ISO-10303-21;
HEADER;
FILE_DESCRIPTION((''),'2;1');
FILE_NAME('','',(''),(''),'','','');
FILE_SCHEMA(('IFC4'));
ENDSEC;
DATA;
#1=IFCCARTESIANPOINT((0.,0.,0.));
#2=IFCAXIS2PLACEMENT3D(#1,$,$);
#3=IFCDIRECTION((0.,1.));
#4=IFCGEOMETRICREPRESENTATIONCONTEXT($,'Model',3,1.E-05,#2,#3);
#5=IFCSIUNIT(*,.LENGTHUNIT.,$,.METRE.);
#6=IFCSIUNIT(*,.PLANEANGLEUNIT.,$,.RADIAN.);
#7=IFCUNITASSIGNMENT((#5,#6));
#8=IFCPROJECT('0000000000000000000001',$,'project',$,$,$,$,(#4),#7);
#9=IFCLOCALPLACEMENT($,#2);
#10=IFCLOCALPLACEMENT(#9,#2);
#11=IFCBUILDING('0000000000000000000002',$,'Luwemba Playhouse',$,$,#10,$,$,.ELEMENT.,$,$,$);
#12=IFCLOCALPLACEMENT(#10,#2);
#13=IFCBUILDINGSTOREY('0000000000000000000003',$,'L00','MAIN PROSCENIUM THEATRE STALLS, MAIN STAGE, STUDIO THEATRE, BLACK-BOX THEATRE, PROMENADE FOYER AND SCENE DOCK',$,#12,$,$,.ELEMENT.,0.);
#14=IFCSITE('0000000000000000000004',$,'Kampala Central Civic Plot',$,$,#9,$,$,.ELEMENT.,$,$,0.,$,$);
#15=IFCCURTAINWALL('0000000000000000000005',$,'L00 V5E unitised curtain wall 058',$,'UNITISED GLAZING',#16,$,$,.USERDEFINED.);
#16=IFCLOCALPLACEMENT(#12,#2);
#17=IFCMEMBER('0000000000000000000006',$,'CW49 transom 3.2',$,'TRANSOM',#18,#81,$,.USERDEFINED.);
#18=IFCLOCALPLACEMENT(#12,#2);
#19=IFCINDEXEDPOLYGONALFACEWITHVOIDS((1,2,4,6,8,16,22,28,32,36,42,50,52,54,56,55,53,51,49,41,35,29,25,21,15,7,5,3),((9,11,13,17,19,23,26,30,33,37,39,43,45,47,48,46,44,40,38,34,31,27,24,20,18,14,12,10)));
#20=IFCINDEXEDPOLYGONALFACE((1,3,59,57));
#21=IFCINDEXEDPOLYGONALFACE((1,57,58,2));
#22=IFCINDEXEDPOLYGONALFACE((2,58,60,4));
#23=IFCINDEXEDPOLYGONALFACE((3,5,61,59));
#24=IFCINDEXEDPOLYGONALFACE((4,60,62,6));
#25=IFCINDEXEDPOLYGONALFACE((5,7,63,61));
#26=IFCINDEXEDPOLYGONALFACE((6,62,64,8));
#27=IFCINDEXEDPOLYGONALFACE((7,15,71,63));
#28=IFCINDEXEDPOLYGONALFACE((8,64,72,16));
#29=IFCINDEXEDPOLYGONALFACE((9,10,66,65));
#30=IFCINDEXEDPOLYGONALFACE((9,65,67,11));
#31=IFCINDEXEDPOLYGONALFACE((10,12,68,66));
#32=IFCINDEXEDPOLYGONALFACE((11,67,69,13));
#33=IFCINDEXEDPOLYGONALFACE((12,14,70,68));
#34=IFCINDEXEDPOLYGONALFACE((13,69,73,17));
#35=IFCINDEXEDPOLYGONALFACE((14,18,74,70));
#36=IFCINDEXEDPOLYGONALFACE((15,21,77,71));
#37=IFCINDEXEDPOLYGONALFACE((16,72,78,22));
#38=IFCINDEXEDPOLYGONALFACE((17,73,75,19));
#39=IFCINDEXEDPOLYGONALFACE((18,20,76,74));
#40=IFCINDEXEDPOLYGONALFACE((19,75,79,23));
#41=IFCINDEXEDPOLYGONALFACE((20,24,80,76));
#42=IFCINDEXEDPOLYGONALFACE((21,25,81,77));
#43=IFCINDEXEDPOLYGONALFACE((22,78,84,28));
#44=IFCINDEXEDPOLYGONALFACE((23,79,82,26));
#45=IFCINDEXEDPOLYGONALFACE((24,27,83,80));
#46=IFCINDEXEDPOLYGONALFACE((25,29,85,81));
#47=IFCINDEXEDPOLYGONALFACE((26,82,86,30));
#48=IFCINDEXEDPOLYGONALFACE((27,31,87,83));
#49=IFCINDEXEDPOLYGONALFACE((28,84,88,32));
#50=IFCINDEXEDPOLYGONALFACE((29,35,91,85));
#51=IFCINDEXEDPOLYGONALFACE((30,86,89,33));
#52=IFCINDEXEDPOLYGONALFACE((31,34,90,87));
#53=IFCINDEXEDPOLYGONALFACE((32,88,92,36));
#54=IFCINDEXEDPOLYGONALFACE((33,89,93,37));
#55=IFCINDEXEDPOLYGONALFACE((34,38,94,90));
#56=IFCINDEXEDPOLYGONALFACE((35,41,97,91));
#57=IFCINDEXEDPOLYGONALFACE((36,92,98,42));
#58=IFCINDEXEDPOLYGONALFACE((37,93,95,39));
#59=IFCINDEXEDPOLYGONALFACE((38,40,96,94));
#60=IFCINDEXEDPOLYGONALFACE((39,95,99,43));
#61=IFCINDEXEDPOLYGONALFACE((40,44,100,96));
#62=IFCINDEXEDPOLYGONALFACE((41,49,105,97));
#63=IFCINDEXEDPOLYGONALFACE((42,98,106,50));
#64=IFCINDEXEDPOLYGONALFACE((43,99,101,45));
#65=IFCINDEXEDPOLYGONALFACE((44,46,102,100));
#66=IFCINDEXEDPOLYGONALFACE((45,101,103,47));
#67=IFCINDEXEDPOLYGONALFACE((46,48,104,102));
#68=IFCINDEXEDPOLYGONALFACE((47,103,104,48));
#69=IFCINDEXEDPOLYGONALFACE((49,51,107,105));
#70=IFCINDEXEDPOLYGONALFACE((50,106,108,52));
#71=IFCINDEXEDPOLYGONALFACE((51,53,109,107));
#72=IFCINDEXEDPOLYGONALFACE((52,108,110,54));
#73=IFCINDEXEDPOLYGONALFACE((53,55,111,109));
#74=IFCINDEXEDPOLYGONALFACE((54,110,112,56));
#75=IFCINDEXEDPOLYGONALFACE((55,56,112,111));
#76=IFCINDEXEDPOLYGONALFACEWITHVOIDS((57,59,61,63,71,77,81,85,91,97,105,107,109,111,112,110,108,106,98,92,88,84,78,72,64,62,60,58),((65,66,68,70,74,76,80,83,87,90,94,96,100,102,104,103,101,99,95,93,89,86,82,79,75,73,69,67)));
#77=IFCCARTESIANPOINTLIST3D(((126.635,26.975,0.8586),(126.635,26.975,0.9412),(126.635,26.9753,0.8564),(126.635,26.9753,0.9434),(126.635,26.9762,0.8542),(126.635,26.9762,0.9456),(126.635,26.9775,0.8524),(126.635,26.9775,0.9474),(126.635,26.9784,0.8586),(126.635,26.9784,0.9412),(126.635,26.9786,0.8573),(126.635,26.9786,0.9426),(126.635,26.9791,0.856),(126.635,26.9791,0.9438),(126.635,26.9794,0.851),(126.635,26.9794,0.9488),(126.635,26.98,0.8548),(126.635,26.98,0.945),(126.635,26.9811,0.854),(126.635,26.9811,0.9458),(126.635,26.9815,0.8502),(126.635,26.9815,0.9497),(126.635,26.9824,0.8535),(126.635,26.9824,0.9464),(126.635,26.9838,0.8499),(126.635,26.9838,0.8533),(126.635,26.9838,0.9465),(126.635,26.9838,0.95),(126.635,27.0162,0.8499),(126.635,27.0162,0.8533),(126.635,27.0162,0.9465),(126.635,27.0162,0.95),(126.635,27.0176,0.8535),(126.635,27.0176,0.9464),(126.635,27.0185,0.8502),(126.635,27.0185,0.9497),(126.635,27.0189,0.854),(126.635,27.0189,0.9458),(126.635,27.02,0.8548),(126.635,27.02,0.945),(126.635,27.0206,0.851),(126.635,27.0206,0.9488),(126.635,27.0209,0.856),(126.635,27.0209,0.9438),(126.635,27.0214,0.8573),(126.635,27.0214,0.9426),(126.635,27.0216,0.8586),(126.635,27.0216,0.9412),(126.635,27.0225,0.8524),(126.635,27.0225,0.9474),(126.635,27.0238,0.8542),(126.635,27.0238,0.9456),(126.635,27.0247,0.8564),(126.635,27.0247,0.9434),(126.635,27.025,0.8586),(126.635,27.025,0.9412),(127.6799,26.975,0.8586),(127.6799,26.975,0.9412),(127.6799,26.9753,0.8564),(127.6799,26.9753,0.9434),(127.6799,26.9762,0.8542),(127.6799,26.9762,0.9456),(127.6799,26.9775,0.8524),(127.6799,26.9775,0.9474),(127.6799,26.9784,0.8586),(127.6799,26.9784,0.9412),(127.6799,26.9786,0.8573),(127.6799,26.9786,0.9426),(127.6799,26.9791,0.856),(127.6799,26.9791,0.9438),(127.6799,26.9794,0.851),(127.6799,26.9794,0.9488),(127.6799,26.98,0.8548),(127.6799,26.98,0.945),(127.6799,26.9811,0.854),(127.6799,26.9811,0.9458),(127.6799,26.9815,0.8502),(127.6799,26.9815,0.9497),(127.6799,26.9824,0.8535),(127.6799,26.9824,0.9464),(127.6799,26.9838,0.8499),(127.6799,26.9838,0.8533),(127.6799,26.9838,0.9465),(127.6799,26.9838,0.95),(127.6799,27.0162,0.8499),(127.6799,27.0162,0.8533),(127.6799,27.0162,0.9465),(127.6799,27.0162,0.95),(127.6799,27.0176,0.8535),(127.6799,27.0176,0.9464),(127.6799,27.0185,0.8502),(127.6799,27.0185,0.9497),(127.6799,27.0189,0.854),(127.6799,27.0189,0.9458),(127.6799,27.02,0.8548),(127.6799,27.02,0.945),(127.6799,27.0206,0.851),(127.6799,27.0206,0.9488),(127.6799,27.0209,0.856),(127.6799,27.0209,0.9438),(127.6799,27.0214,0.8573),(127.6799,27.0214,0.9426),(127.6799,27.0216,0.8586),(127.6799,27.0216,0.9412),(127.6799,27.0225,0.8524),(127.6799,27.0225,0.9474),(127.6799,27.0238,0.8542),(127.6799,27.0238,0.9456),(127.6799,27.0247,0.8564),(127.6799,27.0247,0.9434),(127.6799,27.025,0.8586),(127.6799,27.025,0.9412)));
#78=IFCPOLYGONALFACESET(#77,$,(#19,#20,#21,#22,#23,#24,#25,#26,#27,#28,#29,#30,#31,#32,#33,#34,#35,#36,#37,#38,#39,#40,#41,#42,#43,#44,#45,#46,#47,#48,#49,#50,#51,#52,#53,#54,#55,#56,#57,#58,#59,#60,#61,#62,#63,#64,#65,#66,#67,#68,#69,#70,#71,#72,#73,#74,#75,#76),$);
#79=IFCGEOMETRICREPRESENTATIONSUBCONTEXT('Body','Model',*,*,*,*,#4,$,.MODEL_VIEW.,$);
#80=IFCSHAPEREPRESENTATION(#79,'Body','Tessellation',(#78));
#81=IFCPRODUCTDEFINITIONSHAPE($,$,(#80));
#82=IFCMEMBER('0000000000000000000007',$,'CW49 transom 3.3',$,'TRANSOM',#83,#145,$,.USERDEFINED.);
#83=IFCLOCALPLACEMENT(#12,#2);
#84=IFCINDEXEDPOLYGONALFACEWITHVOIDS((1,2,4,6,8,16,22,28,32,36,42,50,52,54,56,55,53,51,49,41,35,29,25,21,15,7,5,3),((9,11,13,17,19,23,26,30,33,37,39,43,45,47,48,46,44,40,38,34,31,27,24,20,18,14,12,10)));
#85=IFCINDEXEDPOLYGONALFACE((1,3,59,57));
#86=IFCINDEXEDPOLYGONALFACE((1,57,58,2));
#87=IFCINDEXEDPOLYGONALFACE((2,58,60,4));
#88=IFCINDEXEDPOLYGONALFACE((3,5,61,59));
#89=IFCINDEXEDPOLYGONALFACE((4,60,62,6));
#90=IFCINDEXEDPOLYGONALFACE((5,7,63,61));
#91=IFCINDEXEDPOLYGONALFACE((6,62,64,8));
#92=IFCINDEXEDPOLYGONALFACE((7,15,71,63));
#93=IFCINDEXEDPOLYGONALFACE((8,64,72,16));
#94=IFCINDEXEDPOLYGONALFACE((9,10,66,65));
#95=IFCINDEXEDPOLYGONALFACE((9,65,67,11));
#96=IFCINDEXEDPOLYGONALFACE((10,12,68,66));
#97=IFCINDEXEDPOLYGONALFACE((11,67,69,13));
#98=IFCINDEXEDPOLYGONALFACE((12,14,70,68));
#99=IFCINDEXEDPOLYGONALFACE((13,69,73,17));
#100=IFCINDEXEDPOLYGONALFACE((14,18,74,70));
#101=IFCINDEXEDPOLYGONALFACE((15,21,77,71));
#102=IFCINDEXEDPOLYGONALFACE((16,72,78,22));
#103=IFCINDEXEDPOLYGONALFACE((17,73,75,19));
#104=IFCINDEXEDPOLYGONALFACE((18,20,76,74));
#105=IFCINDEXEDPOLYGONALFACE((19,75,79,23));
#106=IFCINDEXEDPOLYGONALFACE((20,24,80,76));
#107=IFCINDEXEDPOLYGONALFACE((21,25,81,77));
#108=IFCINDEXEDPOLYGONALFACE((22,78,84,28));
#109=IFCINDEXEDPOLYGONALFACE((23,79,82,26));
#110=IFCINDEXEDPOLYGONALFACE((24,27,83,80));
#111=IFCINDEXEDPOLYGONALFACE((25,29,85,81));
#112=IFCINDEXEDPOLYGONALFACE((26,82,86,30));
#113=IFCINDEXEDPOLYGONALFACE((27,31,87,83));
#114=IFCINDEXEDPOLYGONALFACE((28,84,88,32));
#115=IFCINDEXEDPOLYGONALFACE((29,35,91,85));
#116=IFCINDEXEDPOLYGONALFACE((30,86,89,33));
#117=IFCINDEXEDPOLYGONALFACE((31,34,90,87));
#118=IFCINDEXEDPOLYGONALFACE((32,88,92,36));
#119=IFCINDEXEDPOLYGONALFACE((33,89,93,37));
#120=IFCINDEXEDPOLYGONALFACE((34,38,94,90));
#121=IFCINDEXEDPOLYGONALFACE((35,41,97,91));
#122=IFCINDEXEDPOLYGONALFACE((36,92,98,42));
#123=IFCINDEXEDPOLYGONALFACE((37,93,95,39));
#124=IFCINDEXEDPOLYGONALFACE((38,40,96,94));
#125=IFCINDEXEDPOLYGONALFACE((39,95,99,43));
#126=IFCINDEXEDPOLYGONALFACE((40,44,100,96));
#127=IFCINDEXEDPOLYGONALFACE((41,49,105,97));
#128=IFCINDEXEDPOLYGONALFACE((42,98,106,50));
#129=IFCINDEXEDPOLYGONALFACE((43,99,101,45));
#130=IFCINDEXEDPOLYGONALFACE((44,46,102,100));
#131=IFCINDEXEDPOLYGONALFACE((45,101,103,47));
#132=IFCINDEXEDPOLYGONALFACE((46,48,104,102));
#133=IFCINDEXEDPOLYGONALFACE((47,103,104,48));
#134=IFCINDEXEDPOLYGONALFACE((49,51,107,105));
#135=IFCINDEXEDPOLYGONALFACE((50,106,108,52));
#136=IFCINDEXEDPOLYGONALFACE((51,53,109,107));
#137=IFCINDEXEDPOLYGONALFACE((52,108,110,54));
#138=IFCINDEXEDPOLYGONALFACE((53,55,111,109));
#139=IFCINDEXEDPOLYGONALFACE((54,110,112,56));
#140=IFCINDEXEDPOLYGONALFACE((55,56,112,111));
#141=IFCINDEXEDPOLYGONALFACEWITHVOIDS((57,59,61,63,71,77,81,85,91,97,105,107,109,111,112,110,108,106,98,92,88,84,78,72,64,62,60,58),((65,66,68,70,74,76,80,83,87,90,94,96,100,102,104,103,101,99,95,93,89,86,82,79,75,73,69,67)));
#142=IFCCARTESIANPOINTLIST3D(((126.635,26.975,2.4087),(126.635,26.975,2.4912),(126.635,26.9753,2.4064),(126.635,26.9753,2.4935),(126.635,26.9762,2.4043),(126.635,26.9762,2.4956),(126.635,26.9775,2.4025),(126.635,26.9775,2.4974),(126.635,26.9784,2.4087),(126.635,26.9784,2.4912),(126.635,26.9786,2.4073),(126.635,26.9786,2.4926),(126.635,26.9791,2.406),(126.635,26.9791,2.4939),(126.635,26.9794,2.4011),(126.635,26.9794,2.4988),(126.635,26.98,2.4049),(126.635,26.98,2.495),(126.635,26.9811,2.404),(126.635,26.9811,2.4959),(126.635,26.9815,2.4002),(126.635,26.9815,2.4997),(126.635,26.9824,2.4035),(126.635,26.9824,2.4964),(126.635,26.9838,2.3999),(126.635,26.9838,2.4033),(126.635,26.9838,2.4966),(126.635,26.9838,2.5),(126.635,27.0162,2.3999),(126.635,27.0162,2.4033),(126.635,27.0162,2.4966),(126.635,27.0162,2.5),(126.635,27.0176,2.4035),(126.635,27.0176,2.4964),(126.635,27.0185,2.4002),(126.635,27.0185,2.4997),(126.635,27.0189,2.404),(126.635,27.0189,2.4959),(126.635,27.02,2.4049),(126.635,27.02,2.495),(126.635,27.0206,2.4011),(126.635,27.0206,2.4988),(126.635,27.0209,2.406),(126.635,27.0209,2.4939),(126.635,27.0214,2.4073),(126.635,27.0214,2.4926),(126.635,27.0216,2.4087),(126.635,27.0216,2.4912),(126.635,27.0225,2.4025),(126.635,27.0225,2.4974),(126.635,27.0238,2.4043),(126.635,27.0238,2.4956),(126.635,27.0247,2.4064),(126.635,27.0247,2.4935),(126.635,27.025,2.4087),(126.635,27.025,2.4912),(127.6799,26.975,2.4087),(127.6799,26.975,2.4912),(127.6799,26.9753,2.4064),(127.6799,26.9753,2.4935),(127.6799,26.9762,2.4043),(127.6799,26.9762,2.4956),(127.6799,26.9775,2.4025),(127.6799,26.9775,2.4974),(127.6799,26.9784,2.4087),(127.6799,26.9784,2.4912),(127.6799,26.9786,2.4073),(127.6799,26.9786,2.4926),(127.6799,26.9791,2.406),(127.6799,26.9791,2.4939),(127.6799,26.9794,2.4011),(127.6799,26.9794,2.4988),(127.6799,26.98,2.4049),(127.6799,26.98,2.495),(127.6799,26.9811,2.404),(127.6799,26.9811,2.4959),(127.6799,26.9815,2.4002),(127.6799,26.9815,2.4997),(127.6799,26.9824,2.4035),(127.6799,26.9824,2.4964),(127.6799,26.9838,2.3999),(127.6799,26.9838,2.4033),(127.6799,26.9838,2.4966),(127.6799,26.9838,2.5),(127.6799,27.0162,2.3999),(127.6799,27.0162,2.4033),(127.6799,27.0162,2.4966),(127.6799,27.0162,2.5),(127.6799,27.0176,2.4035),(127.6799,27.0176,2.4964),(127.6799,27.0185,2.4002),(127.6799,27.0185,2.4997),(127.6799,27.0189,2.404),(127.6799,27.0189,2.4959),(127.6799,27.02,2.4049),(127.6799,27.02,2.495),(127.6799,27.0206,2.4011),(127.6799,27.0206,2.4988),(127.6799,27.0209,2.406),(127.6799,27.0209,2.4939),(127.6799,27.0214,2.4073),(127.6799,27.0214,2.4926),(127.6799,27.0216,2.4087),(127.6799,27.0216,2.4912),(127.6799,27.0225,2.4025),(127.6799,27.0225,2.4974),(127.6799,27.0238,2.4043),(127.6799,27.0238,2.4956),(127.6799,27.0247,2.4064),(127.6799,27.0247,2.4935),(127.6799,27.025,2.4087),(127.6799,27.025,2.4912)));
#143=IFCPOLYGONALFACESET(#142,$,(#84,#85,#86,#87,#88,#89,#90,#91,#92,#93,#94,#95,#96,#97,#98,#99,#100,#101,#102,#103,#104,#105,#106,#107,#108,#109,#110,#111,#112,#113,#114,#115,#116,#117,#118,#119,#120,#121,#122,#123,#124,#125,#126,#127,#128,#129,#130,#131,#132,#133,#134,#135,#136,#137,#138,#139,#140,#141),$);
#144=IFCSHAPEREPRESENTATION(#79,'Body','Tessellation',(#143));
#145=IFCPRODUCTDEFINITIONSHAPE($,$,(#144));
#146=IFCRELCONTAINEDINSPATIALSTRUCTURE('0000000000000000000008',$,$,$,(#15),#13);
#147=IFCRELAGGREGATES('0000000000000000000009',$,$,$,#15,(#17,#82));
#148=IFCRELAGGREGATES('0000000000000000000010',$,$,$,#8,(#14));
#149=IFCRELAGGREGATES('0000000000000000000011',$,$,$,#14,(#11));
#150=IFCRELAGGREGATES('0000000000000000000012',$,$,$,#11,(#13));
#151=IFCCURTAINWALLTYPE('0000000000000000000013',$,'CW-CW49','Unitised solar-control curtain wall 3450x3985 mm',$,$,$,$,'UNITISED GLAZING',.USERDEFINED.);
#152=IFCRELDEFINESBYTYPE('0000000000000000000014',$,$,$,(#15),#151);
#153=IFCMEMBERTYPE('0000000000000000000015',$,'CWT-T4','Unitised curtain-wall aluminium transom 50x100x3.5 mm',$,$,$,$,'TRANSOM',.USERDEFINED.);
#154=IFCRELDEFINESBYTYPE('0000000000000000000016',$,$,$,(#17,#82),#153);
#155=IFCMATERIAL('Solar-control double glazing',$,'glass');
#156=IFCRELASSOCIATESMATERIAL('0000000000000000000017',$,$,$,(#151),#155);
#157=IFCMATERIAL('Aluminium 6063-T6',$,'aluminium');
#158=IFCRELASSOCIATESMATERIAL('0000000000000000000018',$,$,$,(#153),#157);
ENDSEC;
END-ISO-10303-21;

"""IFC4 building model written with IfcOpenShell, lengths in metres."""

from ifc_helpers import new_model, si_unit, direction, frame, origin, origin_2d, place, context, subcontext, project, spatial, hollow_rectangle, extrude, material, material_profile, profile_set, type_object, element, aggregate, save


model = new_model("IFC4")

# Units and contexts
model_context = context("Model", 3, precision=1e-05, world=origin(), true_north=direction((0.0, 1.0)))
body_context = subcontext(model_context, "Body", "Model", "MODEL_VIEW")
ifc_project = project(units=[si_unit("LENGTHUNIT", "METRE"), si_unit("PLANEANGLEUNIT", "RADIAN")], contexts=[model_context])

# Site, building, storey
site_placement = place(None, origin())
site = spatial("IfcSite", under=ifc_project, at=site_placement, Name="Kampala Central Civic Plot", CompositionType="ELEMENT", RefElevation=0.0)
building_placement = place(site_placement, origin())
building = spatial("IfcBuilding", under=site, at=building_placement, Name="Luwemba Playhouse", CompositionType="ELEMENT")
storey_placement = place(building_placement, origin())
storey = spatial("IfcBuildingStorey", under=building, at=storey_placement, Name="L00", Description="MAIN PROSCENIUM THEATRE STALLS, MAIN STAGE, STUDIO THEATRE, BLACK-BOX THEATRE, PROMENADE FOYER AND SCENE DOCK", CompositionType="ELEMENT", Elevation=0.0)

# Curtain wall, members
ifc_material_1 = material(Name="Solar-control double glazing", Category="glass")
curtain_wall_type = type_object("IfcCurtainWallType", Name="CW-CW49", Description="Unitised solar-control curtain wall 3450x3985 mm", ElementType="UNITISED GLAZING", PredefinedType="USERDEFINED", material=ifc_material_1)
curtain_wall_placement = place(storey_placement, origin())
curtain_wall = element("IfcCurtainWall", 1, at=curtain_wall_placement, inside=storey, type_object=curtain_wall_type, Name="L00 V5E unitised curtain wall 058", ObjectType="UNITISED GLAZING", PredefinedType="USERDEFINED")
ifc_material_2 = material(Name="Aluminium 6063-T6", Category="aluminium")
ifc_material_profile_1 = material_profile(ifc_material_2, hollow_rectangle(XDim=0.05, YDim=0.1001, WallThickness=0.0034, InnerFilletRadius=0.0054, OuterFilletRadius=0.0088, at=origin_2d()))
ifc_profile_set_1 = profile_set([ifc_material_profile_1], Name="Aluminium 6063-T6")
member_type_1 = type_object("IfcMemberType", Name="CWT-T4", Description="Unitised curtain-wall aluminium transom 50x100x3.5 mm", ElementType="TRANSOM", PredefinedType="USERDEFINED", material=ifc_profile_set_1)
member_1_placement = place(storey_placement, frame((126.635, 27.0, 0.8999), z_axis=(1.0, 0.0, 0.0), x_axis=(0.0, 1.0, 0.0)))
member_1 = element("IfcMember", 2, at=member_1_placement, type_object=member_type_1, Name="CW49 transom 3.2", ObjectType="TRANSOM", PredefinedType="USERDEFINED", context=body_context, shape_type="SweptSolid", body=[
    extrude(hollow_rectangle(XDim=0.05, YDim=0.1001, WallThickness=0.0034, InnerFilletRadius=0.0054, OuterFilletRadius=0.0088, at=origin_2d()), origin(), (0.0, 0.0, 1.0), 1.0449),
])
member_2_placement = place(storey_placement, frame((126.635, 27.0, 2.45), z_axis=(1.0, 0.0, 0.0), x_axis=(0.0, 1.0, 0.0)))
member_2 = element("IfcMember", 3, at=member_2_placement, type_object=member_type_1, Name="CW49 transom 3.3", ObjectType="TRANSOM", PredefinedType="USERDEFINED", context=body_context, shape_type="SweptSolid", body=[
    extrude(hollow_rectangle(XDim=0.05, YDim=0.1001, WallThickness=0.0034, InnerFilletRadius=0.0054, OuterFilletRadius=0.0088, at=origin_2d()), origin(), (0.0, 0.0, 1.0), 1.0449),
])
aggregate(curtain_wall, [member_1, member_2])

save(model, "model.ifc")
